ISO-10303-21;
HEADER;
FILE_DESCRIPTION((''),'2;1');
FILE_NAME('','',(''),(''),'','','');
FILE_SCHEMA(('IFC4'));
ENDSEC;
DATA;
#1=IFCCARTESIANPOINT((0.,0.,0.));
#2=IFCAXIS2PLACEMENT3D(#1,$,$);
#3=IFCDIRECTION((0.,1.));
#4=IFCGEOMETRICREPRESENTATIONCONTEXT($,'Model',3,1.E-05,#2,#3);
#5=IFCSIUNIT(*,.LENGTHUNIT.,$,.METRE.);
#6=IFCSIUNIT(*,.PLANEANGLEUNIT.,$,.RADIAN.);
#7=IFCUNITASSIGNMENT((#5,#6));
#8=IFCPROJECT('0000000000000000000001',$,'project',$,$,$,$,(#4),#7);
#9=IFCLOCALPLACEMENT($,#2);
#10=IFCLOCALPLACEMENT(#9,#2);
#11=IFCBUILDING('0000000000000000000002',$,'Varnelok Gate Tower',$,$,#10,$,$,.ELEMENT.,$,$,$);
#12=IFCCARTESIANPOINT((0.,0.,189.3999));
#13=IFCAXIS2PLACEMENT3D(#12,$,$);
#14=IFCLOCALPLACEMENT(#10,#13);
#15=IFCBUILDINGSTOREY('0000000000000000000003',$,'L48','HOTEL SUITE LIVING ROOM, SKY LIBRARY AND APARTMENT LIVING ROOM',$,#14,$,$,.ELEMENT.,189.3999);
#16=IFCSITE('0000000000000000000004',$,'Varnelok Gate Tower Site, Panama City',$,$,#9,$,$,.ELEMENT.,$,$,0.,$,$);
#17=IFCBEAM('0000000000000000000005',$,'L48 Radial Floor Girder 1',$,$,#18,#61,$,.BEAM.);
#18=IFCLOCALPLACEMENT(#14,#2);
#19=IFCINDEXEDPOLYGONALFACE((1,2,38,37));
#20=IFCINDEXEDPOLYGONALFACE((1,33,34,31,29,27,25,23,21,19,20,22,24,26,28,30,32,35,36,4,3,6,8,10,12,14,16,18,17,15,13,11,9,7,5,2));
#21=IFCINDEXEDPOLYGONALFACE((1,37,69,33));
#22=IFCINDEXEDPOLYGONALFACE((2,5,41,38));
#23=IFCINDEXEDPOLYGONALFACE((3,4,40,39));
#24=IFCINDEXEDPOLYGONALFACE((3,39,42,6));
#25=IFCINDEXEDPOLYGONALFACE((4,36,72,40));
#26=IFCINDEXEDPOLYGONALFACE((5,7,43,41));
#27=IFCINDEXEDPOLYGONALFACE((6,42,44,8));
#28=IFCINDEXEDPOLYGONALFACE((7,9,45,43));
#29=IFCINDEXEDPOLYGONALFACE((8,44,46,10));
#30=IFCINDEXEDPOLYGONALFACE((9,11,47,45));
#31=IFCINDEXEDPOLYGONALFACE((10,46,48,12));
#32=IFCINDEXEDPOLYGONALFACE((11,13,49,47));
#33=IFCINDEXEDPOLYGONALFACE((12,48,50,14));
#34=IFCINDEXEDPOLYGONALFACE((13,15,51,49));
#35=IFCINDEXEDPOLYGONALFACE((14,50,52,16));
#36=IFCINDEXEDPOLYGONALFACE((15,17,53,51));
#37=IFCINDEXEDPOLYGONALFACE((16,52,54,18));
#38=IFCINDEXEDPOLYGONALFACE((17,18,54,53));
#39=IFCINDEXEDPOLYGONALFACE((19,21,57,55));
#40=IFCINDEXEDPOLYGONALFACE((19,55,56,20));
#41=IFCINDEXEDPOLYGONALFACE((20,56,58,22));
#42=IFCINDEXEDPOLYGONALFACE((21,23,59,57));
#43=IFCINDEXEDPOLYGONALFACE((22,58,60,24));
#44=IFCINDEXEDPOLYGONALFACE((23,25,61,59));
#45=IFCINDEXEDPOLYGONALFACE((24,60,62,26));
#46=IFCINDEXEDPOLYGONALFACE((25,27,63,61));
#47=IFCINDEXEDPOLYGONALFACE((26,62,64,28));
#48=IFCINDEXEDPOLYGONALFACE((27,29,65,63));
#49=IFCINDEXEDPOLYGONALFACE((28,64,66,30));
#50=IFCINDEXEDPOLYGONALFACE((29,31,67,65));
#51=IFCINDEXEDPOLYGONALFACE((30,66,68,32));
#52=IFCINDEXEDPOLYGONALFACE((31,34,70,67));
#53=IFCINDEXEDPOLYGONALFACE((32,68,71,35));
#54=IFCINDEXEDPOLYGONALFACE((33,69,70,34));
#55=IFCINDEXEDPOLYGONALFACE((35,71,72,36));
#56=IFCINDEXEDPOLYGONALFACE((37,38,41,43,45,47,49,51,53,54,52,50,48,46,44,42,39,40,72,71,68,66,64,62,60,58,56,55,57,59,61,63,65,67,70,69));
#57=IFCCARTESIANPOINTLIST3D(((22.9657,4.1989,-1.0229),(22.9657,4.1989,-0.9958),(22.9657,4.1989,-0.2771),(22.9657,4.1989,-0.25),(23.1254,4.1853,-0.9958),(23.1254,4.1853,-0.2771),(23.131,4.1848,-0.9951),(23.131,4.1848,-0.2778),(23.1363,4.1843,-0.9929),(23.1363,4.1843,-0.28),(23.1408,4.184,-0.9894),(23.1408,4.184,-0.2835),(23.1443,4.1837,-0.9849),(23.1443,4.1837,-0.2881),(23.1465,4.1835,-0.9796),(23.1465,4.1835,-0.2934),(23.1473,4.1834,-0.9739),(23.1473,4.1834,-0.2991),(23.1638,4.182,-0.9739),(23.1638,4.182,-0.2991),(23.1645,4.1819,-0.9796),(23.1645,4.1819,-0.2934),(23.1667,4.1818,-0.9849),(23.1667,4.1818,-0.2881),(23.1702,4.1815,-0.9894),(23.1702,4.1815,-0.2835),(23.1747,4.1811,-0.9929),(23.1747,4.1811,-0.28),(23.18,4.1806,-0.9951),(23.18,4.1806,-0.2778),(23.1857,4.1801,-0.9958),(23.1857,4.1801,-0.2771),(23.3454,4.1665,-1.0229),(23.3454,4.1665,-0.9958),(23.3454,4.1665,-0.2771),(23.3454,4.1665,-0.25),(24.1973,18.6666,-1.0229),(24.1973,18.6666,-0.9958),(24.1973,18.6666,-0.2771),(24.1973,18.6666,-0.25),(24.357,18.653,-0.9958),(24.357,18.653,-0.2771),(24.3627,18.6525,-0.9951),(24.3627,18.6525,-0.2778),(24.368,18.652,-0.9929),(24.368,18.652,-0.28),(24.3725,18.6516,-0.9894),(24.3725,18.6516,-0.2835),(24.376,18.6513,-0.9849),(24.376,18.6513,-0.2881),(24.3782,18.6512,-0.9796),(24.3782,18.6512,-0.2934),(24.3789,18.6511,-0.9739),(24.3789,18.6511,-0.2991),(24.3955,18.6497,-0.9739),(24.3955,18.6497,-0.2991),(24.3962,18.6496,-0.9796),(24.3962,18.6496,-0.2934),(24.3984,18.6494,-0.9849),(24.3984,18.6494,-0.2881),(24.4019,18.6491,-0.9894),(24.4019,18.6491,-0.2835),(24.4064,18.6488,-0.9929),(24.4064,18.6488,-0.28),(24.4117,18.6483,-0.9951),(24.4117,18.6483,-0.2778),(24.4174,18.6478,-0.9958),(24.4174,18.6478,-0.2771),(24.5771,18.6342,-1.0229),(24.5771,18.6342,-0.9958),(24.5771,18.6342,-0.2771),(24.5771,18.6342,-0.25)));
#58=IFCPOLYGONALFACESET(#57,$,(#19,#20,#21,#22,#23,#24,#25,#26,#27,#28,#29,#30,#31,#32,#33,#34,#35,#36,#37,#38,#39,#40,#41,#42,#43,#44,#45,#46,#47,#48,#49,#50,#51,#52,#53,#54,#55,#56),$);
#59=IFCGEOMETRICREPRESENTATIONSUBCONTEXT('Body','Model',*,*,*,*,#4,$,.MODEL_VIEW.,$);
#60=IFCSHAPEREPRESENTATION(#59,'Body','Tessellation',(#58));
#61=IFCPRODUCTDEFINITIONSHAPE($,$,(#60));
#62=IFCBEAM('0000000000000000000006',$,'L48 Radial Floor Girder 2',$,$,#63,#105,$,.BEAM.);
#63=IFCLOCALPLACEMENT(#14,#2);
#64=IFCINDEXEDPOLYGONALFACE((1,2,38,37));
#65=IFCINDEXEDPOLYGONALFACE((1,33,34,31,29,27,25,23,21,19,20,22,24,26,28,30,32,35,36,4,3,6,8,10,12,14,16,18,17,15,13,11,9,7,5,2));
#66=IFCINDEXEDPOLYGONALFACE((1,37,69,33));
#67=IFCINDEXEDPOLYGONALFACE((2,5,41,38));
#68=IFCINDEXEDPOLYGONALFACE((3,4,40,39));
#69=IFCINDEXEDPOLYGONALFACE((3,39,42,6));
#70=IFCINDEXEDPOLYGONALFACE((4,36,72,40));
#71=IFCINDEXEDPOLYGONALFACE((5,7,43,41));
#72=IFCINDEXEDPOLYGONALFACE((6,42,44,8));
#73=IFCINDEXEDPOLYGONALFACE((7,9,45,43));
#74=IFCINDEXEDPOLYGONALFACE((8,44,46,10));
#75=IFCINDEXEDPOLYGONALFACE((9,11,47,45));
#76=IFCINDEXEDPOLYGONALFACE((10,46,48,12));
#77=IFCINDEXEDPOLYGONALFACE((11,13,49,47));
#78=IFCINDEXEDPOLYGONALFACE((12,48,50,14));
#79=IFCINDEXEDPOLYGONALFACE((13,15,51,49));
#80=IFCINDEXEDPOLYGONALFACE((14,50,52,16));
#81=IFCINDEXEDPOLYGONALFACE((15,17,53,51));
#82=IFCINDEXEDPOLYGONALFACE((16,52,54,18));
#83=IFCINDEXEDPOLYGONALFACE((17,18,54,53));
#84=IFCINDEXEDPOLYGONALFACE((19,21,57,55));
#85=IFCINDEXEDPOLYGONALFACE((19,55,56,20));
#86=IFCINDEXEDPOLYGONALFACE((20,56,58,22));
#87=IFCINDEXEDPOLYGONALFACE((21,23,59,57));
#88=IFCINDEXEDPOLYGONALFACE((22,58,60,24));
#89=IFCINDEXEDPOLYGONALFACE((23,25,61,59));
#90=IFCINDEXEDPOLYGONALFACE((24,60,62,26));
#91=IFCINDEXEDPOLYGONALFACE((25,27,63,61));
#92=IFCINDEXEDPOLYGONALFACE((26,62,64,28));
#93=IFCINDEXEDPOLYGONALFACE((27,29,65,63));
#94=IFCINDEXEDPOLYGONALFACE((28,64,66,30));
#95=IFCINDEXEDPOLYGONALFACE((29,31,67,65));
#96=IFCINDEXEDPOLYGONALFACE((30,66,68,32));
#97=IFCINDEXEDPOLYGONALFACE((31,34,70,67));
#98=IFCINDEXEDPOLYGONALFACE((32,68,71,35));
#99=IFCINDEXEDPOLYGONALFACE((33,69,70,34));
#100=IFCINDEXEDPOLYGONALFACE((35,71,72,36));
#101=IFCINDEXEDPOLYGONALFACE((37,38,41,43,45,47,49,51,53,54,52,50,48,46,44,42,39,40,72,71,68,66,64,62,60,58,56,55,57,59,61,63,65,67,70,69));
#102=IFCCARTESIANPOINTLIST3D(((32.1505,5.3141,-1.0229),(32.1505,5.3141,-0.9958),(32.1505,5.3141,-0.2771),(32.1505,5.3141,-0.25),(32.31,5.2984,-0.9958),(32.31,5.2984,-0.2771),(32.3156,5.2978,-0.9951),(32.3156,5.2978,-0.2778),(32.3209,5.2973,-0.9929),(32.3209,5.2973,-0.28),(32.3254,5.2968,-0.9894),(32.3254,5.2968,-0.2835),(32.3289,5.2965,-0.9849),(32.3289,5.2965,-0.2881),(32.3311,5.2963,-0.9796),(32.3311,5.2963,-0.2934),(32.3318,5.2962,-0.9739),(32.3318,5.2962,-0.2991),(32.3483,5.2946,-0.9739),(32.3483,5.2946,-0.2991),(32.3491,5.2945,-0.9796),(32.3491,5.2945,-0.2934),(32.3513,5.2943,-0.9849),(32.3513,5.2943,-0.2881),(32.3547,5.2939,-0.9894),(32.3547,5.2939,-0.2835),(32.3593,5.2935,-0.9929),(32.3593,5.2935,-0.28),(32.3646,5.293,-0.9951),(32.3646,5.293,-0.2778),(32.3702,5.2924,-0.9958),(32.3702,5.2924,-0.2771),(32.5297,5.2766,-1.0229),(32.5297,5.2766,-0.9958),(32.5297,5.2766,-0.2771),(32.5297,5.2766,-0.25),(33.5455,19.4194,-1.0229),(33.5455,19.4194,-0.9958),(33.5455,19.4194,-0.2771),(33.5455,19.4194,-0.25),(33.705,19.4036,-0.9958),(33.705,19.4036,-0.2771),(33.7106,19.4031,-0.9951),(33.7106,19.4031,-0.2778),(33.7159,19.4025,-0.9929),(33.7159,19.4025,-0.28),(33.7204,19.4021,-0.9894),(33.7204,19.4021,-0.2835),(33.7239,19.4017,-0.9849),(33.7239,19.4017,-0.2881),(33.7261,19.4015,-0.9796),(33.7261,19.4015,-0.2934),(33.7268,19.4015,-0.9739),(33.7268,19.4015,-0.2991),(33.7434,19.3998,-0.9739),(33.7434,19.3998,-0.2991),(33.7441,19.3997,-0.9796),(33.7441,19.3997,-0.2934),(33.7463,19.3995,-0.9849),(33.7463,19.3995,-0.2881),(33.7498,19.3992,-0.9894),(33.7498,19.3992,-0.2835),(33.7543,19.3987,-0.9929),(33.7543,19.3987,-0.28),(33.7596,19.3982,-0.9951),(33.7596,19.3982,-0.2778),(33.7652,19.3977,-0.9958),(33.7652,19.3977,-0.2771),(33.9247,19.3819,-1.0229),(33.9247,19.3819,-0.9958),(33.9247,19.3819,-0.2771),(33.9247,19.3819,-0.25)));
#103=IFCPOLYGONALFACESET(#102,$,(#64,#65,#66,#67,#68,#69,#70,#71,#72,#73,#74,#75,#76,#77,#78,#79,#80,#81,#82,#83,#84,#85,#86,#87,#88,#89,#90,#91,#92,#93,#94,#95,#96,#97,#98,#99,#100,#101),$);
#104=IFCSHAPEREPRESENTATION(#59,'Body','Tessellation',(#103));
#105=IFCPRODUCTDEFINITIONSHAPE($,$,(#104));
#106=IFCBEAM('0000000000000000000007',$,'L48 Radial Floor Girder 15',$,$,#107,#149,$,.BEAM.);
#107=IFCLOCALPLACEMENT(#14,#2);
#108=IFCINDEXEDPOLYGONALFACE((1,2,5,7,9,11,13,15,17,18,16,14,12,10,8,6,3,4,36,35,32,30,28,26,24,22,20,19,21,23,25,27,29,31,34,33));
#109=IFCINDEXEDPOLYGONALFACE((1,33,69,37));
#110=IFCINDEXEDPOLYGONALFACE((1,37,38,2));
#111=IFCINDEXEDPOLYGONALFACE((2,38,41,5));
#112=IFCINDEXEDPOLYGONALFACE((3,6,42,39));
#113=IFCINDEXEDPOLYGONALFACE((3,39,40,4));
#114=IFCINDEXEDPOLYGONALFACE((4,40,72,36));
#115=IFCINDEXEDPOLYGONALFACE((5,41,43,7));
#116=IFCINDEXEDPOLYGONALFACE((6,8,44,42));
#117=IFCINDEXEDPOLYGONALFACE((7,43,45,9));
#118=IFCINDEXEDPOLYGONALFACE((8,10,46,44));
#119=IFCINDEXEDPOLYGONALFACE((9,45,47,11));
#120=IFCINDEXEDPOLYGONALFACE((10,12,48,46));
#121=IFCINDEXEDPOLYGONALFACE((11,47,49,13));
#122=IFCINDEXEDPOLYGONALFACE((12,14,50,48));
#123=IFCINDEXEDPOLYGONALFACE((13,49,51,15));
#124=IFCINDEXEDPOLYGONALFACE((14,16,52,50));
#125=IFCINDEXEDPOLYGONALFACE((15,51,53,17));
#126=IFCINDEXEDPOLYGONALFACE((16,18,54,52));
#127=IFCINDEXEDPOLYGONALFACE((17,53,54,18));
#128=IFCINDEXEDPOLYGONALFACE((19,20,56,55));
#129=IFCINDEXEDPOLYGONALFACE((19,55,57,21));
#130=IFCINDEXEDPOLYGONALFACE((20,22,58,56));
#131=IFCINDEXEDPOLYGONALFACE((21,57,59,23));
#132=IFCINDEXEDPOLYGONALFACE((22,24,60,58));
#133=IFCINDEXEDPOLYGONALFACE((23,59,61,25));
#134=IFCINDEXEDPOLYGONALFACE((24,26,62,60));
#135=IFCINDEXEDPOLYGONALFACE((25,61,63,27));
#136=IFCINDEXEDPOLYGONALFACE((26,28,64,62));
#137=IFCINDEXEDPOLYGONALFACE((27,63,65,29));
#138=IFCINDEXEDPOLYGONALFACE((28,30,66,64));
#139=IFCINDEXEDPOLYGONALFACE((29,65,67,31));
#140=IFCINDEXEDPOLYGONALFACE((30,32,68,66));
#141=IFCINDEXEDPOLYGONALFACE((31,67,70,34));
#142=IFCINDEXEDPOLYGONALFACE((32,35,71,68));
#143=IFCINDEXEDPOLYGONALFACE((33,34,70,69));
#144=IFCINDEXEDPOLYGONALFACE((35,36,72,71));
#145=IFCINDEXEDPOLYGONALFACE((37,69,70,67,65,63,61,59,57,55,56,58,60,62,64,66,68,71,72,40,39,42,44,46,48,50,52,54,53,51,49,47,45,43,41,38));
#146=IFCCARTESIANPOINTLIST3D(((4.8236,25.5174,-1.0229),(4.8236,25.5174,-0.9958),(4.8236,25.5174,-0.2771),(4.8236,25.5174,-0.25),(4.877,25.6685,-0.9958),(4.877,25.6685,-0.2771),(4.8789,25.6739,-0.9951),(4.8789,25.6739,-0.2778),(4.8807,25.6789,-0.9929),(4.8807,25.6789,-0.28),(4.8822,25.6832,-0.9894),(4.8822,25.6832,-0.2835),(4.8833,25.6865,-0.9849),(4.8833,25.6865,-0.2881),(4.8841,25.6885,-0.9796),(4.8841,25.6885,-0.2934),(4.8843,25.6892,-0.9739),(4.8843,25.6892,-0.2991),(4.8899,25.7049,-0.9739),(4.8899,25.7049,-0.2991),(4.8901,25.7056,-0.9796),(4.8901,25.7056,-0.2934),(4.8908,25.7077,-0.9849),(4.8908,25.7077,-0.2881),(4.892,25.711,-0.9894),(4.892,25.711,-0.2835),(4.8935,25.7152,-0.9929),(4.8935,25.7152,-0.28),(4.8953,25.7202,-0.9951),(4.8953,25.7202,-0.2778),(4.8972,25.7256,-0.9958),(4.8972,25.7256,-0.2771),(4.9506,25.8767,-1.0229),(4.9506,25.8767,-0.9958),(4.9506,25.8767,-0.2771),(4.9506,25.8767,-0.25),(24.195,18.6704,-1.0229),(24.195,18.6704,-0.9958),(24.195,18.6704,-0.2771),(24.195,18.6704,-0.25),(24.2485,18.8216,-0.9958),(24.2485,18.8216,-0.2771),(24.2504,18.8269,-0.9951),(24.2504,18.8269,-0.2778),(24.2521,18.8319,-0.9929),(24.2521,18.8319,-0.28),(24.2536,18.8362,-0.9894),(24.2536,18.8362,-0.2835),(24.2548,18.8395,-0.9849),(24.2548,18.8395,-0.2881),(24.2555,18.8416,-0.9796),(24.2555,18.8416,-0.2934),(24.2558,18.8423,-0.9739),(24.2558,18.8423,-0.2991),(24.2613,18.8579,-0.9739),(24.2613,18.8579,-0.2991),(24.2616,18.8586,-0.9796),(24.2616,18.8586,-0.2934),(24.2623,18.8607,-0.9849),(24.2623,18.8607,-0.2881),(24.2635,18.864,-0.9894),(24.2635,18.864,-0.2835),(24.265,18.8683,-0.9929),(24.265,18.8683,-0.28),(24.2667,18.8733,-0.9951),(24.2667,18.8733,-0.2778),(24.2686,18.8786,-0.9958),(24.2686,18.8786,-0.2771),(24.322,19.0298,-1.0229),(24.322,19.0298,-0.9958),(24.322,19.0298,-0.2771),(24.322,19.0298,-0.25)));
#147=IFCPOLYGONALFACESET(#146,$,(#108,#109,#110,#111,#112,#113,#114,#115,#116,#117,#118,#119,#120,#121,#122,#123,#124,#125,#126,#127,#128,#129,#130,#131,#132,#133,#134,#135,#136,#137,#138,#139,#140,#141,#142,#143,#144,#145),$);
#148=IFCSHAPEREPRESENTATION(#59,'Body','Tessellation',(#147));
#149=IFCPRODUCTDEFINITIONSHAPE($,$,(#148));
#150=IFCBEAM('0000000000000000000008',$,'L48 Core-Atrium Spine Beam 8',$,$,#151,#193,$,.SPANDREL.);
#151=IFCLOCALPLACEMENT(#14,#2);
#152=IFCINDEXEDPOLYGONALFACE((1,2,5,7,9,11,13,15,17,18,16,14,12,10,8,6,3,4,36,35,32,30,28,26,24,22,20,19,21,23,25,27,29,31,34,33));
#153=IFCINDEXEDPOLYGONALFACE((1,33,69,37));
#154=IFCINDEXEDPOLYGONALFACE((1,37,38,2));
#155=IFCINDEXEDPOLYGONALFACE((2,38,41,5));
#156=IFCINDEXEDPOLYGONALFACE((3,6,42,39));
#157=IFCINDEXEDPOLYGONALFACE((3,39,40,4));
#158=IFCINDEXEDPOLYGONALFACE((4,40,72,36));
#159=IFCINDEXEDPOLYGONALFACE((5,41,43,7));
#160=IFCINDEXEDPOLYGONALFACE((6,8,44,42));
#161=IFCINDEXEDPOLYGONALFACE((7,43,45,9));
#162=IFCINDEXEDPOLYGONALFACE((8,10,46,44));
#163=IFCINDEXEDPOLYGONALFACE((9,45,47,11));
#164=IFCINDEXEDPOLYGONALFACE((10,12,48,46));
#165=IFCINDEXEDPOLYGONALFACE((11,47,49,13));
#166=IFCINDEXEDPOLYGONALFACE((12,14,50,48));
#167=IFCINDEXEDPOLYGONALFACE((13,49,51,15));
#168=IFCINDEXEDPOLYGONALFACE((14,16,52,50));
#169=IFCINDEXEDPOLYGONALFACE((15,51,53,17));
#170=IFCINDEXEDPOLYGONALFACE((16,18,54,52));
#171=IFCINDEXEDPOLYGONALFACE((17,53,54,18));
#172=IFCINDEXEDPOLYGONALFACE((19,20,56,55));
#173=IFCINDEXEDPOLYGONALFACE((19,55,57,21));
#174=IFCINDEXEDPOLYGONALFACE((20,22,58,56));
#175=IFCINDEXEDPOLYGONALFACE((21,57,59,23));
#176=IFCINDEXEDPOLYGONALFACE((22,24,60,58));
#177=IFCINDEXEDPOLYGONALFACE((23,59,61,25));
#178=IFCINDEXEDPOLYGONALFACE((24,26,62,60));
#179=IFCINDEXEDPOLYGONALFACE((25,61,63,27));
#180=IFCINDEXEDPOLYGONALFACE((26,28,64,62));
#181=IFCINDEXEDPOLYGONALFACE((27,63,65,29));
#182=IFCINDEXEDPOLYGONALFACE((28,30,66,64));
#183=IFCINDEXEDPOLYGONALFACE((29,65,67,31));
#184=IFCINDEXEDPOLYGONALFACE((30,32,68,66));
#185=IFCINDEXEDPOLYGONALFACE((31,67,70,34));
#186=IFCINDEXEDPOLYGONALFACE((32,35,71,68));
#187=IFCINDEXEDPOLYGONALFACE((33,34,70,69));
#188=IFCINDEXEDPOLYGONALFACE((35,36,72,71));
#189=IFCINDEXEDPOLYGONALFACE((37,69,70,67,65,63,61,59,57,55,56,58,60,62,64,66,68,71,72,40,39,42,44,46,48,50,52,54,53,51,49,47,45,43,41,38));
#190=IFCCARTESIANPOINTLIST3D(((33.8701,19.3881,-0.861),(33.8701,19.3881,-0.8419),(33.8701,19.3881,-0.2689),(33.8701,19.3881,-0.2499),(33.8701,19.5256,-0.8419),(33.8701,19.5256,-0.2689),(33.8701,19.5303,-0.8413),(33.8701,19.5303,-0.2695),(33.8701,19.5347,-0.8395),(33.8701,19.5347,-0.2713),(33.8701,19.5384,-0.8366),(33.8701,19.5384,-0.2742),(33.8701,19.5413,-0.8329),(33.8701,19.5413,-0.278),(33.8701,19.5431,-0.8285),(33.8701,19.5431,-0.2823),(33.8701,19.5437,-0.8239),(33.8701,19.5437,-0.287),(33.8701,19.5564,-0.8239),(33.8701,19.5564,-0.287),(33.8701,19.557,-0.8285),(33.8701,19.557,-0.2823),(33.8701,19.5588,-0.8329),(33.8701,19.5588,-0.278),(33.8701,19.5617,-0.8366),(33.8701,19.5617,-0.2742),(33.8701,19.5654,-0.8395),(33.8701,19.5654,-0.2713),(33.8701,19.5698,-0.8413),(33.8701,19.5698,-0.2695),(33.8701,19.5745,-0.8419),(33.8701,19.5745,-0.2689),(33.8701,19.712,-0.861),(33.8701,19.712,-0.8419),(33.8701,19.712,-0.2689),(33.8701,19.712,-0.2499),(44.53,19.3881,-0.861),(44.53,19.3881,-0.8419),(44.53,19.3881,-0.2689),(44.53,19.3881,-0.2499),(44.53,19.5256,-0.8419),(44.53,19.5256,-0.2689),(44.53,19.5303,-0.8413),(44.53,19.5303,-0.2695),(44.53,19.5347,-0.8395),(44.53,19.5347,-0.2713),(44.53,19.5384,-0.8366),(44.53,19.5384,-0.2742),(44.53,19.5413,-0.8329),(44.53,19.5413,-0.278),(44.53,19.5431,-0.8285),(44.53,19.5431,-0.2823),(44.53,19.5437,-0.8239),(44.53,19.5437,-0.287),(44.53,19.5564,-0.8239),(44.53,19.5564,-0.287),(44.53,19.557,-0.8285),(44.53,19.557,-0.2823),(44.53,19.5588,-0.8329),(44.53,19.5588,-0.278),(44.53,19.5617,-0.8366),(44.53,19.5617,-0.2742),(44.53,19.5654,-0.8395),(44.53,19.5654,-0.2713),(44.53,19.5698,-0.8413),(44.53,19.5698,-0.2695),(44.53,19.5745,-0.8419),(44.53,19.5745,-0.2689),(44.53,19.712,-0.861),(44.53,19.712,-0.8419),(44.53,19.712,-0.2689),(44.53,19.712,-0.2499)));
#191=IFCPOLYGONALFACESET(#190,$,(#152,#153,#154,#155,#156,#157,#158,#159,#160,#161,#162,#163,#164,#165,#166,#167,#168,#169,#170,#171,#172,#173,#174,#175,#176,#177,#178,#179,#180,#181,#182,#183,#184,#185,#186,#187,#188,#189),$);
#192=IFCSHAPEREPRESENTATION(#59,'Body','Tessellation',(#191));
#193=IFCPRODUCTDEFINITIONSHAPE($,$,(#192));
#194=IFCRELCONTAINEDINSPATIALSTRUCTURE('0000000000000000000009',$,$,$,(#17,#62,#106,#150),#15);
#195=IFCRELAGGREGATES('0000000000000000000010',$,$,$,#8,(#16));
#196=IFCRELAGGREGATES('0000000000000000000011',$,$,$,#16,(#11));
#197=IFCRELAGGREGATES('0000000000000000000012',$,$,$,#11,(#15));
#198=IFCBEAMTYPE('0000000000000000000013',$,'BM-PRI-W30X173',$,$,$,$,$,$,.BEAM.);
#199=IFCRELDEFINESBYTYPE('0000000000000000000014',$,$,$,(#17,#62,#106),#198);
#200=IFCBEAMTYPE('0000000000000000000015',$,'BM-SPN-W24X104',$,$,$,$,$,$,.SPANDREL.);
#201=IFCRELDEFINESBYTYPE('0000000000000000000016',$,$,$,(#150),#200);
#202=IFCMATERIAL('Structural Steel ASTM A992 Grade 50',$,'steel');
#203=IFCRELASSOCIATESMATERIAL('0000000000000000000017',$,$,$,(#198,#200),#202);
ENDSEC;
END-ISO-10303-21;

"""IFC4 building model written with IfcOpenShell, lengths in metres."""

from ifc_helpers import new_model, si_unit, direction, frame, origin, origin_2d, place, context, subcontext, project, spatial, i_section, extrude, material, material_profile, profile_set, type_object, element, save


model = new_model("IFC4")

# Units and contexts
model_context = context("Model", 3, precision=1e-05, world=origin(), true_north=direction((0.0, 1.0)))
body_context = subcontext(model_context, "Body", "Model", "MODEL_VIEW")
ifc_project = project(units=[si_unit("LENGTHUNIT", "METRE"), si_unit("PLANEANGLEUNIT", "RADIAN")], contexts=[model_context])

# Site, building, storey
site_placement = place(None, origin())
site = spatial("IfcSite", under=ifc_project, at=site_placement, Name="Varnelok Gate Tower Site, Panama City", CompositionType="ELEMENT", RefElevation=0.0)
building_placement = place(site_placement, origin())
building = spatial("IfcBuilding", under=site, at=building_placement, Name="Varnelok Gate Tower", CompositionType="ELEMENT")
storey_placement = place(building_placement, frame((0.0, 0.0, 189.3999)))
storey = spatial("IfcBuildingStorey", under=building, at=storey_placement, Name="L48", Description="HOTEL SUITE LIVING ROOM, SKY LIBRARY AND APARTMENT LIVING ROOM", CompositionType="ELEMENT", Elevation=189.3999)

# Shared definitions
ifc_material_1 = material(Name="Structural Steel ASTM A992 Grade 50", Category="steel")

# Beams
ifc_material_profile_1 = material_profile(ifc_material_1, i_section(OverallWidth=0.3811, OverallDepth=0.7729, WebThickness=0.0166, FlangeThickness=0.0271, FilletRadius=0.022, at=origin_2d()), Name="W30X173")
ifc_profile_set_1 = profile_set([ifc_material_profile_1], Name="Structural Steel ASTM A992 Grade 50")
beam_type_1 = type_object("IfcBeamType", Name="BM-PRI-W30X173", PredefinedType="BEAM", material=ifc_profile_set_1)
beam_1_placement = place(storey_placement, frame((24.3872, 18.6504, -0.6365), z_axis=(-0.084826, -0.996396, 0.0), x_axis=(0.996396, -0.084826, 0.0)))
element("IfcBeam", 1, at=beam_1_placement, inside=storey, type_object=beam_type_1, Name="L48 Radial Floor Girder 1", PredefinedType="BEAM", context=body_context, shape_type="SweptSolid", body=[
    extrude(i_section(OverallWidth=0.3811, OverallDepth=0.7729, WebThickness=0.0166, FlangeThickness=0.0271, FilletRadius=0.022, at=origin_2d()), origin(), (0.0, 0.0, 1.0), 14.52),
])
beam_2_placement = place(storey_placement, frame((33.7351, 19.4006, -0.6365), z_axis=(-0.098421, -0.995145, 0.0), x_axis=(0.995145, -0.098421, 0.0)))
element("IfcBeam", 2, at=beam_2_placement, inside=storey, type_object=beam_type_1, Name="L48 Radial Floor Girder 2", PredefinedType="BEAM", context=body_context, shape_type="SweptSolid", body=[
    extrude(i_section(OverallWidth=0.3811, OverallDepth=0.7729, WebThickness=0.0166, FlangeThickness=0.0271, FilletRadius=0.022, at=origin_2d()), origin(), (0.0, 0.0, 1.0), 14.1741),
])
beam_3_placement = place(storey_placement, frame((24.2585, 18.8501, -0.6365), z_axis=(-0.942838, 0.333252, 0.0), x_axis=(-0.333252, -0.942838, 0.0)))
element("IfcBeam", 3, at=beam_3_placement, inside=storey, type_object=beam_type_1, Name="L48 Radial Floor Girder 15", PredefinedType="BEAM", context=body_context, shape_type="SweptSolid", body=[
    extrude(i_section(OverallWidth=0.3811, OverallDepth=0.7729, WebThickness=0.0166, FlangeThickness=0.0271, FilletRadius=0.022, at=origin_2d()), origin(), (0.0, 0.0, 1.0), 20.5459),
])
ifc_material_profile_2 = material_profile(ifc_material_1, i_section(OverallWidth=0.324, OverallDepth=0.6111, WebThickness=0.0127, FlangeThickness=0.019, FilletRadius=0.0181, at=origin_2d()), Name="W24X104")
ifc_profile_set_2 = profile_set([ifc_material_profile_2], Name="Structural Steel ASTM A992 Grade 50")
beam_type_2 = type_object("IfcBeamType", Name="BM-SPN-W24X104", PredefinedType="SPANDREL", material=ifc_profile_set_2)
beam_4_placement = place(storey_placement, frame((33.8701, 19.55, -0.5554), z_axis=(1.0, 0.0, 0.0), x_axis=(0.0, 1.0, 0.0)))
element("IfcBeam", 4, at=beam_4_placement, inside=storey, type_object=beam_type_2, Name="L48 Core-Atrium Spine Beam 8", PredefinedType="SPANDREL", context=body_context, shape_type="SweptSolid", body=[
    extrude(i_section(OverallWidth=0.324, OverallDepth=0.6111, WebThickness=0.0127, FlangeThickness=0.019, FilletRadius=0.0181, at=origin_2d()), origin(), (0.0, 0.0, 1.0), 10.6599),
])

save(model, "model.ifc")
